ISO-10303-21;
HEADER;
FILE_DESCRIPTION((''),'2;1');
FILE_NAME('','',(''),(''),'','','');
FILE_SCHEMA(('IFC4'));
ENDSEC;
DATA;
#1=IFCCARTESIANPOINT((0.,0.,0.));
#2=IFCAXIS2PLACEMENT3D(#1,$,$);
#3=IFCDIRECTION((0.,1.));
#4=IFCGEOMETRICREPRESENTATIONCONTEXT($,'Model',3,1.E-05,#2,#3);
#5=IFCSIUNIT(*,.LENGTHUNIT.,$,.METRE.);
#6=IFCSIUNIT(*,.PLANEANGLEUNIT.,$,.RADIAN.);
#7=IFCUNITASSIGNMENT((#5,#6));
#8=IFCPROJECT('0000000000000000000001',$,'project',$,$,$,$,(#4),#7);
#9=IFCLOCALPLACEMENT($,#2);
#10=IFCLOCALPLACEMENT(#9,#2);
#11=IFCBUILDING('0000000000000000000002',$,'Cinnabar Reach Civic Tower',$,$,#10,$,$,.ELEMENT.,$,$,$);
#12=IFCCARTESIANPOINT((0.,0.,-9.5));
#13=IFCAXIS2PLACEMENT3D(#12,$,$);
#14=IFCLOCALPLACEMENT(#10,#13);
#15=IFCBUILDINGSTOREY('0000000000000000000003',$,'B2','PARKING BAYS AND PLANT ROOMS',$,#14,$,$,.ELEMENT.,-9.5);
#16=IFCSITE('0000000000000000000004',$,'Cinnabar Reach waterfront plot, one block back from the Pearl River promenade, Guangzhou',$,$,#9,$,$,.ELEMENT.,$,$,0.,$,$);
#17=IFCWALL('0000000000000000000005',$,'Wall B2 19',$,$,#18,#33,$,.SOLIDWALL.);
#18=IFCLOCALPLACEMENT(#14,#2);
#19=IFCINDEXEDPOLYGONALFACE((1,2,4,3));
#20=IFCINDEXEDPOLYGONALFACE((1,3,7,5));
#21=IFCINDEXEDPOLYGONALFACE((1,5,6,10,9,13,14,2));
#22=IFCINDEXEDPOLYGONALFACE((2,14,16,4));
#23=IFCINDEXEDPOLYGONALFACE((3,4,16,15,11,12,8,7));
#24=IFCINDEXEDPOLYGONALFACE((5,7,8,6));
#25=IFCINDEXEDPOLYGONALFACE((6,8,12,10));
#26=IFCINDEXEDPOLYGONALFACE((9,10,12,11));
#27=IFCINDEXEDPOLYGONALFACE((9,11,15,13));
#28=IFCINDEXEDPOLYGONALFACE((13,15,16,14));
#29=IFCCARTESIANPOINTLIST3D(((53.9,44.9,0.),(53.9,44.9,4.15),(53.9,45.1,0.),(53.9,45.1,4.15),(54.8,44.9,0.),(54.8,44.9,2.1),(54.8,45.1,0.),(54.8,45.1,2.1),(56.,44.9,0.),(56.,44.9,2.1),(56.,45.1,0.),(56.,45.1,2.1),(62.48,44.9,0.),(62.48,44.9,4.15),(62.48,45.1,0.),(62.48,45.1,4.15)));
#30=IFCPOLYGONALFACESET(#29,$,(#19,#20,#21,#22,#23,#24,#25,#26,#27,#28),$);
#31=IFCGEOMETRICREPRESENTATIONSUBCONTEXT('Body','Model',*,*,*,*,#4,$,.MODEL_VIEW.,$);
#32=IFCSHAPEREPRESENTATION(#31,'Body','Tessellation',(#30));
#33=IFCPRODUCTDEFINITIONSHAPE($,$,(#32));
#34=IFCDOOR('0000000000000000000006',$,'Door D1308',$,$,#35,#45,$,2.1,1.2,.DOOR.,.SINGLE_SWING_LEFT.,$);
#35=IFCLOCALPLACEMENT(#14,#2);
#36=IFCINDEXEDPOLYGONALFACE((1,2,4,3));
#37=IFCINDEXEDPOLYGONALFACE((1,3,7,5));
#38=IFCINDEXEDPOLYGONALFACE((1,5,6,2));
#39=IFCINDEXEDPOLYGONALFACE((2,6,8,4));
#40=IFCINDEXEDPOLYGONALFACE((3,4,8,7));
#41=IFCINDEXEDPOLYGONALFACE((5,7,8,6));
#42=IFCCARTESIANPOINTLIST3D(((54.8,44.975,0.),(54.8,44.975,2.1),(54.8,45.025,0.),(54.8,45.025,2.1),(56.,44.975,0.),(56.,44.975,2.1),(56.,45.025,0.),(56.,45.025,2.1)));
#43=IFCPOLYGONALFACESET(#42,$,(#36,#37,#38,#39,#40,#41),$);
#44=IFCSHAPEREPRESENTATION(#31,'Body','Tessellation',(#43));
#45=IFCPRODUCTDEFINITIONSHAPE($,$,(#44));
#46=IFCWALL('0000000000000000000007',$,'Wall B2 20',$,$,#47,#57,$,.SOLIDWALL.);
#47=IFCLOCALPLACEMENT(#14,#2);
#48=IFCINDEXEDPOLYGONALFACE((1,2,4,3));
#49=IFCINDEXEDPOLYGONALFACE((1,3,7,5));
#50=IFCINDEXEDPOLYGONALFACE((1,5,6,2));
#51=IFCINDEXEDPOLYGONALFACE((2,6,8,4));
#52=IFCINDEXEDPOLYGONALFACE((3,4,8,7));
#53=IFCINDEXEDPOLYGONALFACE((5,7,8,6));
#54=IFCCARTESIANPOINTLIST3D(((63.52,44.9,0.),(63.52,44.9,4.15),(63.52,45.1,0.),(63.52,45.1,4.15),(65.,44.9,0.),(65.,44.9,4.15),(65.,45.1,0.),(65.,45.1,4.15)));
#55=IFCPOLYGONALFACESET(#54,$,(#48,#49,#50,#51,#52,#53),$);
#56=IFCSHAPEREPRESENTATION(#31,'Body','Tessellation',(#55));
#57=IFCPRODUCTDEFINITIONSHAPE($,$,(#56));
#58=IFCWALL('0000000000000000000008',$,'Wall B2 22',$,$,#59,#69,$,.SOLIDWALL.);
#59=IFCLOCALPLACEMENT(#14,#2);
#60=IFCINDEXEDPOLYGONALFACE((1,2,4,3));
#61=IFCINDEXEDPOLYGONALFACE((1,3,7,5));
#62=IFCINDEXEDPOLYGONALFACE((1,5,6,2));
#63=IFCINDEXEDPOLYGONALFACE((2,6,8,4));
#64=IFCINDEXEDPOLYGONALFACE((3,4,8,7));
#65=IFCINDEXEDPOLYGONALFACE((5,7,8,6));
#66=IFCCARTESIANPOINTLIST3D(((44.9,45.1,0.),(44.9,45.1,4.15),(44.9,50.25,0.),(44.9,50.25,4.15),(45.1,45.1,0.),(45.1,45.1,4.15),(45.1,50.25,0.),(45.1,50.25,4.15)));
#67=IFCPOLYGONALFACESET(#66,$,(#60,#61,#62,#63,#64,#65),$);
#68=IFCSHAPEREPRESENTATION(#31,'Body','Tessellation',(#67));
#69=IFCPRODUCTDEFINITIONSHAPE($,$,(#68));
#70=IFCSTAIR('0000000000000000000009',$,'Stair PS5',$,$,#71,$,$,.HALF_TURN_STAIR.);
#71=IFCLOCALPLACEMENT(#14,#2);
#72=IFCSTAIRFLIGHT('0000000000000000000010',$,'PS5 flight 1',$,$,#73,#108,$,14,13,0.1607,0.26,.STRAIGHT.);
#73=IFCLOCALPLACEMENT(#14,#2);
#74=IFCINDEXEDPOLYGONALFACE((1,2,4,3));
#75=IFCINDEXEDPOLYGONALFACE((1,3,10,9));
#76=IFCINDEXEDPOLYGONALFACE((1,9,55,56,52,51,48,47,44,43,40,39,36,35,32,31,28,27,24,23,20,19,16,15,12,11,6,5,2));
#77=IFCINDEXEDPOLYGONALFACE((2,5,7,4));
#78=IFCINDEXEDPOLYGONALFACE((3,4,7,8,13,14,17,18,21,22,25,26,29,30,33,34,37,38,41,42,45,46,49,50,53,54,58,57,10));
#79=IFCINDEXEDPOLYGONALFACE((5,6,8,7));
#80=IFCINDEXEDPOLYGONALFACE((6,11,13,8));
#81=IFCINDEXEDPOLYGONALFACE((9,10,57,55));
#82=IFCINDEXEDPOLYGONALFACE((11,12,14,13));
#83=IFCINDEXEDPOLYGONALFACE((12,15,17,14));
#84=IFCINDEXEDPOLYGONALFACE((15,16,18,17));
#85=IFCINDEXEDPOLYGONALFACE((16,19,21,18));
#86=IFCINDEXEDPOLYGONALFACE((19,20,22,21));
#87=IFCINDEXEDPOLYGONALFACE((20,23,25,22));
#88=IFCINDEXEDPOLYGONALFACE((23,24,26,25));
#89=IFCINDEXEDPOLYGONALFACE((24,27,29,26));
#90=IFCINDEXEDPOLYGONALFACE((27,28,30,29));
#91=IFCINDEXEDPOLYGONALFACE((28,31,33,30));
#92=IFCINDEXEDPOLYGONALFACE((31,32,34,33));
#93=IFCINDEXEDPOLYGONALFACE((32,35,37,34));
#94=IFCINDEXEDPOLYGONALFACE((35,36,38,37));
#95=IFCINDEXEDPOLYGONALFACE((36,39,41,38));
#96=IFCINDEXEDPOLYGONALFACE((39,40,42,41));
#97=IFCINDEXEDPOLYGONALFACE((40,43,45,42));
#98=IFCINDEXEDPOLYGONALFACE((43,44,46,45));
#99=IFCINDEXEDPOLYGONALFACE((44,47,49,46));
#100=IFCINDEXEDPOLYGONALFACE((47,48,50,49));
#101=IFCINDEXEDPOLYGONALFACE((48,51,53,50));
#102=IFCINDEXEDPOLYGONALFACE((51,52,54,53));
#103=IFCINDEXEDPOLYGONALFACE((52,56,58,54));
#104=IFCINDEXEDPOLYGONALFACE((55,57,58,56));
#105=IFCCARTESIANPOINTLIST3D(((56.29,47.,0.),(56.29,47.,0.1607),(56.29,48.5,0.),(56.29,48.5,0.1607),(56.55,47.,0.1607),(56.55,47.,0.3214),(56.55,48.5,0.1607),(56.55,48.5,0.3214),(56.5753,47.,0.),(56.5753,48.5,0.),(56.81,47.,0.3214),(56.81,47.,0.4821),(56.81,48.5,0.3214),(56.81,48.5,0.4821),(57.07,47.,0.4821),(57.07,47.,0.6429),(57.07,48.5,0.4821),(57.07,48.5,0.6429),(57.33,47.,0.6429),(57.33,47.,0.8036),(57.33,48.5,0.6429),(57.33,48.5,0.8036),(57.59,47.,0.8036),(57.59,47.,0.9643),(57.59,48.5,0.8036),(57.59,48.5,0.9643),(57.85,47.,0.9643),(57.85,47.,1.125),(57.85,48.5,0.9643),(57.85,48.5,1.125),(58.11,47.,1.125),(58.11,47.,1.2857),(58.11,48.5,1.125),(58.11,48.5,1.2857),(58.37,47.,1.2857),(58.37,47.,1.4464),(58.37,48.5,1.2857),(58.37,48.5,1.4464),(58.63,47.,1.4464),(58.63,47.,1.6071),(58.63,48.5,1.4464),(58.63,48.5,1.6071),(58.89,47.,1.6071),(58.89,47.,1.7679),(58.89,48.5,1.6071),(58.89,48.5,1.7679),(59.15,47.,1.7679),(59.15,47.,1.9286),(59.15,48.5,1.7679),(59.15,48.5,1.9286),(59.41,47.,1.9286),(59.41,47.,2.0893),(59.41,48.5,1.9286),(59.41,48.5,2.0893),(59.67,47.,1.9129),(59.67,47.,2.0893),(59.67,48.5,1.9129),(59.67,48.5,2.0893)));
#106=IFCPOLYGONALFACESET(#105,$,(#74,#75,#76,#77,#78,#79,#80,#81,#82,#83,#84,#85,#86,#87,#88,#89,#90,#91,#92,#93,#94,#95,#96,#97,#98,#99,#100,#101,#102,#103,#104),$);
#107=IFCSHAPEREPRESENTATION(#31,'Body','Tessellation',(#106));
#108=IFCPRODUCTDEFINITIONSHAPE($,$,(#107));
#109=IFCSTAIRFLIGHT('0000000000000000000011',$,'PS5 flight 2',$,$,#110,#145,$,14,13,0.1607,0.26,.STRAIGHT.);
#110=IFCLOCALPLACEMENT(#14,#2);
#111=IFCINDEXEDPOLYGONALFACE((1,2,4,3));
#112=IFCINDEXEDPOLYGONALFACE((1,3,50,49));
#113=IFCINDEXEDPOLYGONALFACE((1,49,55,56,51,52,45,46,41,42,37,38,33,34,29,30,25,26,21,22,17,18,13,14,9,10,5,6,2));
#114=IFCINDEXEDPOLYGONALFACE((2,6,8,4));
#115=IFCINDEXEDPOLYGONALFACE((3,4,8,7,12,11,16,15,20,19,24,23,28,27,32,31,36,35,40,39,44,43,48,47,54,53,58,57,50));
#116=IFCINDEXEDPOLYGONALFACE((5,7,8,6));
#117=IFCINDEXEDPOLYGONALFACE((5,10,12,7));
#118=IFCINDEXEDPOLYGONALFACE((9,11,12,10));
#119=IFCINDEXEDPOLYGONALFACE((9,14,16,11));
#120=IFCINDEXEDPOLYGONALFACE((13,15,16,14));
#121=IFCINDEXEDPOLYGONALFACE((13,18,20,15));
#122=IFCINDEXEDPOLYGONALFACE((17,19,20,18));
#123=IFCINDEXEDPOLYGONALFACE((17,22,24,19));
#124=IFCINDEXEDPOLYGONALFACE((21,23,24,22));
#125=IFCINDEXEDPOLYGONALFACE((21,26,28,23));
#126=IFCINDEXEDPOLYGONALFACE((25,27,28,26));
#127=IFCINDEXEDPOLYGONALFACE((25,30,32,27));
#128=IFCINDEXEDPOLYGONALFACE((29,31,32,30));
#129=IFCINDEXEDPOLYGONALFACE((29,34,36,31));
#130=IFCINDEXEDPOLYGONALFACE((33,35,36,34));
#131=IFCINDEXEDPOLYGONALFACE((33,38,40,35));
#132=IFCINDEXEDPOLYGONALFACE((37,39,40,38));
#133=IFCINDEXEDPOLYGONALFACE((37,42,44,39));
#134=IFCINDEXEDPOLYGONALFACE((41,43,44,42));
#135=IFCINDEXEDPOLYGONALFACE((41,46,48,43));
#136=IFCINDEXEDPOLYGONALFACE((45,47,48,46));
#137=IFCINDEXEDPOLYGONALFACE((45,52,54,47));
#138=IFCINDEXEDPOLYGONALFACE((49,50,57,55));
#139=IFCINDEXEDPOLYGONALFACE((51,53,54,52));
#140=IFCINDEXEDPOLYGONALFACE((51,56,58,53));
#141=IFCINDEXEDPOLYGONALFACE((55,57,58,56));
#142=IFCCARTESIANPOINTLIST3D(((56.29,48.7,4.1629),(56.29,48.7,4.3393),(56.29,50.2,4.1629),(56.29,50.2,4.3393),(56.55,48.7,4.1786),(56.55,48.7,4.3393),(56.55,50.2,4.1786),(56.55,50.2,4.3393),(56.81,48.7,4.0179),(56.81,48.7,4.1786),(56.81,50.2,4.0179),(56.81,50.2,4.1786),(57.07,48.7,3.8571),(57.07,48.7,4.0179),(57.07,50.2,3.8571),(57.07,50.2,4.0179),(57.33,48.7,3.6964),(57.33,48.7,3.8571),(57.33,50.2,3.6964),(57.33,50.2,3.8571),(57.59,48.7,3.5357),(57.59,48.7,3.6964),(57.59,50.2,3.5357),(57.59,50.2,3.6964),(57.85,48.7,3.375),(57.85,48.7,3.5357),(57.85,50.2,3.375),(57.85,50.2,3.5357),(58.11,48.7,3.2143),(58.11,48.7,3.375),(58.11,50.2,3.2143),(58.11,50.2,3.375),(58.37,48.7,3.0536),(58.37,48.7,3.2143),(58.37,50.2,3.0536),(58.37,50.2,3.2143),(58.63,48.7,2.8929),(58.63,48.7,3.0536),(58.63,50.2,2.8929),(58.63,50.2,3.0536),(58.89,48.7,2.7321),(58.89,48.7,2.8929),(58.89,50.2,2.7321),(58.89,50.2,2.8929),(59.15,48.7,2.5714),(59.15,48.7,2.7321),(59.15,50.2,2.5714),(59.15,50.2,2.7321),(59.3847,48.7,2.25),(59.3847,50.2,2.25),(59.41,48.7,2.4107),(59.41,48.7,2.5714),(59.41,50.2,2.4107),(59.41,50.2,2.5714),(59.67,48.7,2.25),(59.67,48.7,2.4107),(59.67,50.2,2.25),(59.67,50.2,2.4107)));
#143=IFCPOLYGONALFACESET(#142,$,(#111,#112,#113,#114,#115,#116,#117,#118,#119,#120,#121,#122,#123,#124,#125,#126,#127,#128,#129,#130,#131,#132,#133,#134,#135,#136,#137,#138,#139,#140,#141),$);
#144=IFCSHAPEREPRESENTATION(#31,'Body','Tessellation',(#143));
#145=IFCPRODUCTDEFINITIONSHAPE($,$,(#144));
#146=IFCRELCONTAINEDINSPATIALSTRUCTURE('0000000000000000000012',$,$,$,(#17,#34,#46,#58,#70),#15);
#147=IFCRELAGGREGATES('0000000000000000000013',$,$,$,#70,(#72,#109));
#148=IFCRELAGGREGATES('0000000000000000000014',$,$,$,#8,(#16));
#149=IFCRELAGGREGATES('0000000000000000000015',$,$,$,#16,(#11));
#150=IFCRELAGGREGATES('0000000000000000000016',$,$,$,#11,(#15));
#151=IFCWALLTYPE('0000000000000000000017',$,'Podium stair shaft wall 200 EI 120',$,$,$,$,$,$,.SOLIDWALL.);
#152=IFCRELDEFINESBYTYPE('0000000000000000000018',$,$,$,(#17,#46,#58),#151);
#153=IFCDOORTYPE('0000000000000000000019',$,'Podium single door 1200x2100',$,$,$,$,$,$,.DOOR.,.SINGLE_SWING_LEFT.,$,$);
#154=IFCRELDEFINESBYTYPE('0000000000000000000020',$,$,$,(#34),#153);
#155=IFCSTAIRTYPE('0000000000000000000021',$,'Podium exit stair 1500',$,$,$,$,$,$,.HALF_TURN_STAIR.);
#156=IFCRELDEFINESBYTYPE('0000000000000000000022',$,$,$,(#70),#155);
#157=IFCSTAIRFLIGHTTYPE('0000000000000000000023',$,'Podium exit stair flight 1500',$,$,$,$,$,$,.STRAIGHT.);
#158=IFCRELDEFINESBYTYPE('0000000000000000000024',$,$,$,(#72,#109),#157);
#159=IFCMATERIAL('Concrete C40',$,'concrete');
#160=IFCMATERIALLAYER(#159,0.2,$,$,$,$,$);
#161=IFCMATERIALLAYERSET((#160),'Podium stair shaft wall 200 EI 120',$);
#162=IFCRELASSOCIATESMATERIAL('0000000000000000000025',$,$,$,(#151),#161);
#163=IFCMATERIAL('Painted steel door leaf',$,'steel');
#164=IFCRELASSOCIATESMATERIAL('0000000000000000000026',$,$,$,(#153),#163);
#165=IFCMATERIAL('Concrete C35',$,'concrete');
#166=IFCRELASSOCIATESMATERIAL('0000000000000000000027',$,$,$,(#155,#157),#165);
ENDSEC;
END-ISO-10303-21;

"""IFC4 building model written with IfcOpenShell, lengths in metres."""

from ifc_helpers import new_model, si_unit, direction, frame, frame_2d, origin, place, context, subcontext, project, spatial, polyline, rectangle, outline, extrude, material, layer, layer_set, type_object, element, fill, aggregate, save


model = new_model("IFC4")

# Units and contexts
model_context = context("Model", 3, precision=1e-05, world=origin(), true_north=direction((0.0, 1.0)))
body_context = subcontext(model_context, "Body", "Model", "MODEL_VIEW")
ifc_project = project(units=[si_unit("LENGTHUNIT", "METRE"), si_unit("PLANEANGLEUNIT", "RADIAN")], contexts=[model_context])

# Site, building, storey
site_placement = place(None, origin())
site = spatial("IfcSite", under=ifc_project, at=site_placement, Name="Cinnabar Reach waterfront plot, one block back from the Pearl River promenade, Guangzhou", CompositionType="ELEMENT", RefElevation=0.0)
building_placement = place(site_placement, origin())
building = spatial("IfcBuilding", under=site, at=building_placement, Name="Cinnabar Reach Civic Tower", CompositionType="ELEMENT")
storey_placement = place(building_placement, frame((0.0, 0.0, -9.5)))
storey = spatial("IfcBuildingStorey", under=building, at=storey_placement, Name="B2", Description="PARKING BAYS AND PLANT ROOMS", CompositionType="ELEMENT", Elevation=-9.5)

# Shared definitions
ifc_material_1 = material(Name="Concrete C40", Category="concrete")
ifc_layer_1 = layer(ifc_material_1, 0.2)
ifc_layer_set_1 = layer_set([ifc_layer_1], Name="Podium stair shaft wall 200 EI 120")
wall_type_1 = type_object("IfcWallType", Name="Podium stair shaft wall 200 EI 120", PredefinedType="SOLIDWALL", material=ifc_layer_set_1)

# Wall, opening, door
wall_1_placement = place(storey_placement, frame((53.9, 45.0, 0.0), z_axis=(0.0, 0.0, 1.0), x_axis=(1.0, 0.0, 0.0)))
wall_1 = element("IfcWall", 1, at=wall_1_placement, inside=storey, type_object=wall_type_1, Name="Wall B2 19", PredefinedType="SOLIDWALL", context=body_context, shape_type="SweptSolid", body=[
    extrude(rectangle(XDim=8.58, YDim=0.2, at=frame_2d((4.29, 0.0))), origin(), (0.0, 0.0, 1.0), 4.15),
])
opening_placement = place(wall_1_placement, frame((0.9, 0.0, 0.0)))
opening = element("IfcOpeningElement", 2, at=opening_placement, cuts=wall_1, PredefinedType="OPENING", context=body_context, shape_type="SweptSolid", body=[
    extrude(rectangle(XDim=1.2, YDim=2.1, at=frame_2d((0.6, 1.05))), frame((0.0, 0.11, 0.0), z_axis=(0.0, -1.0, 0.0), x_axis=(1.0, 0.0, 0.0)), (0.0, 0.0, 1.0), 0.22),
])
ifc_material_2 = material(Name="Painted steel door leaf", Category="steel")
door_type = type_object("IfcDoorType", Name="Podium single door 1200x2100", OperationType="SINGLE_SWING_LEFT", PredefinedType="DOOR", material=ifc_material_2)
door_placement = place(opening_placement, origin())
door = element("IfcDoor", 3, at=door_placement, inside=storey, type_object=door_type, Name="Door D1308", OperationType="SINGLE_SWING_LEFT", OverallHeight=2.1, OverallWidth=1.2, PredefinedType="DOOR", context=body_context, shape_type="SweptSolid", body=[
    extrude(rectangle(XDim=1.2, YDim=2.1, at=frame_2d((0.6, 1.05))), frame((0.0, 0.025, 0.0), z_axis=(0.0, -1.0, 0.0), x_axis=(1.0, 0.0, 0.0)), (0.0, 0.0, 1.0), 0.05),
])
fill(opening, door)

# Walls
wall_2_placement = place(storey_placement, frame((63.52, 45.0, 0.0), z_axis=(0.0, 0.0, 1.0), x_axis=(1.0, 0.0, 0.0)))
element("IfcWall", 4, at=wall_2_placement, inside=storey, type_object=wall_type_1, Name="Wall B2 20", PredefinedType="SOLIDWALL", context=body_context, shape_type="SweptSolid", body=[
    extrude(rectangle(XDim=1.48, YDim=0.2, at=frame_2d((0.74, 0.0))), origin(), (0.0, 0.0, 1.0), 4.15),
])
wall_3_placement = place(storey_placement, frame((45.0, 45.1, 0.0), z_axis=(0.0, 0.0, 1.0), x_axis=(0.0, 1.0, 0.0)))
element("IfcWall", 5, at=wall_3_placement, inside=storey, type_object=wall_type_1, Name="Wall B2 22", PredefinedType="SOLIDWALL", context=body_context, shape_type="SweptSolid", body=[
    extrude(rectangle(XDim=5.15, YDim=0.2, at=frame_2d((2.575, 0.0))), origin(), (0.0, 0.0, 1.0), 4.15),
])

# Stair, stair flights
ifc_material_3 = material(Name="Concrete C35", Category="concrete")
stair_type = type_object("IfcStairType", Name="Podium exit stair 1500", PredefinedType="HALF_TURN_STAIR", material=ifc_material_3)
stair_placement = place(storey_placement, origin())
stair = element("IfcStair", 6, at=stair_placement, inside=storey, type_object=stair_type, Name="Stair PS5", PredefinedType="HALF_TURN_STAIR")
stair_flight_type = type_object("IfcStairFlightType", Name="Podium exit stair flight 1500", PredefinedType="STRAIGHT", material=ifc_material_3)
stair_flight_1_placement = place(storey_placement, frame((56.29, 47.75, 0.0), z_axis=(0.0, 0.0, 1.0), x_axis=(1.0, 0.0, 0.0)))
stair_flight_1 = element("IfcStairFlight", 7, at=stair_flight_1_placement, type_object=stair_flight_type, Name="PS5 flight 1", NumberOfRisers=14, NumberOfTreads=13, PredefinedType="STRAIGHT", RiserHeight=0.1607, TreadLength=0.26, context=body_context, shape_type="SweptSolid", body=[
    extrude(outline(polyline([(0.0, 0.0), (0.0, 0.1607), (0.26, 0.1607), (0.26, 0.3214), (0.52, 0.3214), (0.52, 0.4821), (0.78, 0.4821), (0.78, 0.6429), (1.04, 0.6429), (1.04, 0.8036), (1.3, 0.8036), (1.3, 0.9643), (1.56, 0.9643), (1.56, 1.125), (1.82, 1.125), (1.82, 1.2857), (2.08, 1.2857), (2.08, 1.4464), (2.34, 1.4464), (2.34, 1.6071), (2.6, 1.6071), (2.6, 1.7679), (2.86, 1.7679), (2.86, 1.9286), (3.12, 1.9286), (3.12, 2.0893), (3.38, 2.0893), (3.38, 2.25), (3.38, 1.9129), (0.2853, 0.0), (0.0, 0.0)])), frame((0.0, 0.75, 0.0), z_axis=(0.0, -1.0, 0.0), x_axis=(1.0, 0.0, 0.0)), (0.0, 0.0, 1.0), 1.5),
])
stair_flight_2_placement = place(storey_placement, frame((59.67, 49.45, 2.25), z_axis=(0.0, 0.0, 1.0), x_axis=(-1.0, 0.0, 0.0)))
stair_flight_2 = element("IfcStairFlight", 8, at=stair_flight_2_placement, type_object=stair_flight_type, Name="PS5 flight 2", NumberOfRisers=14, NumberOfTreads=13, PredefinedType="STRAIGHT", RiserHeight=0.1607, TreadLength=0.26, context=body_context, shape_type="SweptSolid", body=[
    extrude(outline(polyline([(0.0, 0.0), (0.0, 0.1607), (0.26, 0.1607), (0.26, 0.3214), (0.52, 0.3214), (0.52, 0.4821), (0.78, 0.4821), (0.78, 0.6429), (1.04, 0.6429), (1.04, 0.8036), (1.3, 0.8036), (1.3, 0.9643), (1.56, 0.9643), (1.56, 1.125), (1.82, 1.125), (1.82, 1.2857), (2.08, 1.2857), (2.08, 1.4464), (2.34, 1.4464), (2.34, 1.6071), (2.6, 1.6071), (2.6, 1.7679), (2.86, 1.7679), (2.86, 1.9286), (3.12, 1.9286), (3.12, 2.0893), (3.38, 2.0893), (3.38, 2.25), (3.38, 1.9129), (0.2853, 0.0), (0.0, 0.0)])), frame((0.0, 0.75, 0.0), z_axis=(0.0, -1.0, 0.0), x_axis=(1.0, 0.0, 0.0)), (0.0, 0.0, 1.0), 1.5),
])
aggregate(stair, [stair_flight_1, stair_flight_2])

save(model, "model.ifc")
